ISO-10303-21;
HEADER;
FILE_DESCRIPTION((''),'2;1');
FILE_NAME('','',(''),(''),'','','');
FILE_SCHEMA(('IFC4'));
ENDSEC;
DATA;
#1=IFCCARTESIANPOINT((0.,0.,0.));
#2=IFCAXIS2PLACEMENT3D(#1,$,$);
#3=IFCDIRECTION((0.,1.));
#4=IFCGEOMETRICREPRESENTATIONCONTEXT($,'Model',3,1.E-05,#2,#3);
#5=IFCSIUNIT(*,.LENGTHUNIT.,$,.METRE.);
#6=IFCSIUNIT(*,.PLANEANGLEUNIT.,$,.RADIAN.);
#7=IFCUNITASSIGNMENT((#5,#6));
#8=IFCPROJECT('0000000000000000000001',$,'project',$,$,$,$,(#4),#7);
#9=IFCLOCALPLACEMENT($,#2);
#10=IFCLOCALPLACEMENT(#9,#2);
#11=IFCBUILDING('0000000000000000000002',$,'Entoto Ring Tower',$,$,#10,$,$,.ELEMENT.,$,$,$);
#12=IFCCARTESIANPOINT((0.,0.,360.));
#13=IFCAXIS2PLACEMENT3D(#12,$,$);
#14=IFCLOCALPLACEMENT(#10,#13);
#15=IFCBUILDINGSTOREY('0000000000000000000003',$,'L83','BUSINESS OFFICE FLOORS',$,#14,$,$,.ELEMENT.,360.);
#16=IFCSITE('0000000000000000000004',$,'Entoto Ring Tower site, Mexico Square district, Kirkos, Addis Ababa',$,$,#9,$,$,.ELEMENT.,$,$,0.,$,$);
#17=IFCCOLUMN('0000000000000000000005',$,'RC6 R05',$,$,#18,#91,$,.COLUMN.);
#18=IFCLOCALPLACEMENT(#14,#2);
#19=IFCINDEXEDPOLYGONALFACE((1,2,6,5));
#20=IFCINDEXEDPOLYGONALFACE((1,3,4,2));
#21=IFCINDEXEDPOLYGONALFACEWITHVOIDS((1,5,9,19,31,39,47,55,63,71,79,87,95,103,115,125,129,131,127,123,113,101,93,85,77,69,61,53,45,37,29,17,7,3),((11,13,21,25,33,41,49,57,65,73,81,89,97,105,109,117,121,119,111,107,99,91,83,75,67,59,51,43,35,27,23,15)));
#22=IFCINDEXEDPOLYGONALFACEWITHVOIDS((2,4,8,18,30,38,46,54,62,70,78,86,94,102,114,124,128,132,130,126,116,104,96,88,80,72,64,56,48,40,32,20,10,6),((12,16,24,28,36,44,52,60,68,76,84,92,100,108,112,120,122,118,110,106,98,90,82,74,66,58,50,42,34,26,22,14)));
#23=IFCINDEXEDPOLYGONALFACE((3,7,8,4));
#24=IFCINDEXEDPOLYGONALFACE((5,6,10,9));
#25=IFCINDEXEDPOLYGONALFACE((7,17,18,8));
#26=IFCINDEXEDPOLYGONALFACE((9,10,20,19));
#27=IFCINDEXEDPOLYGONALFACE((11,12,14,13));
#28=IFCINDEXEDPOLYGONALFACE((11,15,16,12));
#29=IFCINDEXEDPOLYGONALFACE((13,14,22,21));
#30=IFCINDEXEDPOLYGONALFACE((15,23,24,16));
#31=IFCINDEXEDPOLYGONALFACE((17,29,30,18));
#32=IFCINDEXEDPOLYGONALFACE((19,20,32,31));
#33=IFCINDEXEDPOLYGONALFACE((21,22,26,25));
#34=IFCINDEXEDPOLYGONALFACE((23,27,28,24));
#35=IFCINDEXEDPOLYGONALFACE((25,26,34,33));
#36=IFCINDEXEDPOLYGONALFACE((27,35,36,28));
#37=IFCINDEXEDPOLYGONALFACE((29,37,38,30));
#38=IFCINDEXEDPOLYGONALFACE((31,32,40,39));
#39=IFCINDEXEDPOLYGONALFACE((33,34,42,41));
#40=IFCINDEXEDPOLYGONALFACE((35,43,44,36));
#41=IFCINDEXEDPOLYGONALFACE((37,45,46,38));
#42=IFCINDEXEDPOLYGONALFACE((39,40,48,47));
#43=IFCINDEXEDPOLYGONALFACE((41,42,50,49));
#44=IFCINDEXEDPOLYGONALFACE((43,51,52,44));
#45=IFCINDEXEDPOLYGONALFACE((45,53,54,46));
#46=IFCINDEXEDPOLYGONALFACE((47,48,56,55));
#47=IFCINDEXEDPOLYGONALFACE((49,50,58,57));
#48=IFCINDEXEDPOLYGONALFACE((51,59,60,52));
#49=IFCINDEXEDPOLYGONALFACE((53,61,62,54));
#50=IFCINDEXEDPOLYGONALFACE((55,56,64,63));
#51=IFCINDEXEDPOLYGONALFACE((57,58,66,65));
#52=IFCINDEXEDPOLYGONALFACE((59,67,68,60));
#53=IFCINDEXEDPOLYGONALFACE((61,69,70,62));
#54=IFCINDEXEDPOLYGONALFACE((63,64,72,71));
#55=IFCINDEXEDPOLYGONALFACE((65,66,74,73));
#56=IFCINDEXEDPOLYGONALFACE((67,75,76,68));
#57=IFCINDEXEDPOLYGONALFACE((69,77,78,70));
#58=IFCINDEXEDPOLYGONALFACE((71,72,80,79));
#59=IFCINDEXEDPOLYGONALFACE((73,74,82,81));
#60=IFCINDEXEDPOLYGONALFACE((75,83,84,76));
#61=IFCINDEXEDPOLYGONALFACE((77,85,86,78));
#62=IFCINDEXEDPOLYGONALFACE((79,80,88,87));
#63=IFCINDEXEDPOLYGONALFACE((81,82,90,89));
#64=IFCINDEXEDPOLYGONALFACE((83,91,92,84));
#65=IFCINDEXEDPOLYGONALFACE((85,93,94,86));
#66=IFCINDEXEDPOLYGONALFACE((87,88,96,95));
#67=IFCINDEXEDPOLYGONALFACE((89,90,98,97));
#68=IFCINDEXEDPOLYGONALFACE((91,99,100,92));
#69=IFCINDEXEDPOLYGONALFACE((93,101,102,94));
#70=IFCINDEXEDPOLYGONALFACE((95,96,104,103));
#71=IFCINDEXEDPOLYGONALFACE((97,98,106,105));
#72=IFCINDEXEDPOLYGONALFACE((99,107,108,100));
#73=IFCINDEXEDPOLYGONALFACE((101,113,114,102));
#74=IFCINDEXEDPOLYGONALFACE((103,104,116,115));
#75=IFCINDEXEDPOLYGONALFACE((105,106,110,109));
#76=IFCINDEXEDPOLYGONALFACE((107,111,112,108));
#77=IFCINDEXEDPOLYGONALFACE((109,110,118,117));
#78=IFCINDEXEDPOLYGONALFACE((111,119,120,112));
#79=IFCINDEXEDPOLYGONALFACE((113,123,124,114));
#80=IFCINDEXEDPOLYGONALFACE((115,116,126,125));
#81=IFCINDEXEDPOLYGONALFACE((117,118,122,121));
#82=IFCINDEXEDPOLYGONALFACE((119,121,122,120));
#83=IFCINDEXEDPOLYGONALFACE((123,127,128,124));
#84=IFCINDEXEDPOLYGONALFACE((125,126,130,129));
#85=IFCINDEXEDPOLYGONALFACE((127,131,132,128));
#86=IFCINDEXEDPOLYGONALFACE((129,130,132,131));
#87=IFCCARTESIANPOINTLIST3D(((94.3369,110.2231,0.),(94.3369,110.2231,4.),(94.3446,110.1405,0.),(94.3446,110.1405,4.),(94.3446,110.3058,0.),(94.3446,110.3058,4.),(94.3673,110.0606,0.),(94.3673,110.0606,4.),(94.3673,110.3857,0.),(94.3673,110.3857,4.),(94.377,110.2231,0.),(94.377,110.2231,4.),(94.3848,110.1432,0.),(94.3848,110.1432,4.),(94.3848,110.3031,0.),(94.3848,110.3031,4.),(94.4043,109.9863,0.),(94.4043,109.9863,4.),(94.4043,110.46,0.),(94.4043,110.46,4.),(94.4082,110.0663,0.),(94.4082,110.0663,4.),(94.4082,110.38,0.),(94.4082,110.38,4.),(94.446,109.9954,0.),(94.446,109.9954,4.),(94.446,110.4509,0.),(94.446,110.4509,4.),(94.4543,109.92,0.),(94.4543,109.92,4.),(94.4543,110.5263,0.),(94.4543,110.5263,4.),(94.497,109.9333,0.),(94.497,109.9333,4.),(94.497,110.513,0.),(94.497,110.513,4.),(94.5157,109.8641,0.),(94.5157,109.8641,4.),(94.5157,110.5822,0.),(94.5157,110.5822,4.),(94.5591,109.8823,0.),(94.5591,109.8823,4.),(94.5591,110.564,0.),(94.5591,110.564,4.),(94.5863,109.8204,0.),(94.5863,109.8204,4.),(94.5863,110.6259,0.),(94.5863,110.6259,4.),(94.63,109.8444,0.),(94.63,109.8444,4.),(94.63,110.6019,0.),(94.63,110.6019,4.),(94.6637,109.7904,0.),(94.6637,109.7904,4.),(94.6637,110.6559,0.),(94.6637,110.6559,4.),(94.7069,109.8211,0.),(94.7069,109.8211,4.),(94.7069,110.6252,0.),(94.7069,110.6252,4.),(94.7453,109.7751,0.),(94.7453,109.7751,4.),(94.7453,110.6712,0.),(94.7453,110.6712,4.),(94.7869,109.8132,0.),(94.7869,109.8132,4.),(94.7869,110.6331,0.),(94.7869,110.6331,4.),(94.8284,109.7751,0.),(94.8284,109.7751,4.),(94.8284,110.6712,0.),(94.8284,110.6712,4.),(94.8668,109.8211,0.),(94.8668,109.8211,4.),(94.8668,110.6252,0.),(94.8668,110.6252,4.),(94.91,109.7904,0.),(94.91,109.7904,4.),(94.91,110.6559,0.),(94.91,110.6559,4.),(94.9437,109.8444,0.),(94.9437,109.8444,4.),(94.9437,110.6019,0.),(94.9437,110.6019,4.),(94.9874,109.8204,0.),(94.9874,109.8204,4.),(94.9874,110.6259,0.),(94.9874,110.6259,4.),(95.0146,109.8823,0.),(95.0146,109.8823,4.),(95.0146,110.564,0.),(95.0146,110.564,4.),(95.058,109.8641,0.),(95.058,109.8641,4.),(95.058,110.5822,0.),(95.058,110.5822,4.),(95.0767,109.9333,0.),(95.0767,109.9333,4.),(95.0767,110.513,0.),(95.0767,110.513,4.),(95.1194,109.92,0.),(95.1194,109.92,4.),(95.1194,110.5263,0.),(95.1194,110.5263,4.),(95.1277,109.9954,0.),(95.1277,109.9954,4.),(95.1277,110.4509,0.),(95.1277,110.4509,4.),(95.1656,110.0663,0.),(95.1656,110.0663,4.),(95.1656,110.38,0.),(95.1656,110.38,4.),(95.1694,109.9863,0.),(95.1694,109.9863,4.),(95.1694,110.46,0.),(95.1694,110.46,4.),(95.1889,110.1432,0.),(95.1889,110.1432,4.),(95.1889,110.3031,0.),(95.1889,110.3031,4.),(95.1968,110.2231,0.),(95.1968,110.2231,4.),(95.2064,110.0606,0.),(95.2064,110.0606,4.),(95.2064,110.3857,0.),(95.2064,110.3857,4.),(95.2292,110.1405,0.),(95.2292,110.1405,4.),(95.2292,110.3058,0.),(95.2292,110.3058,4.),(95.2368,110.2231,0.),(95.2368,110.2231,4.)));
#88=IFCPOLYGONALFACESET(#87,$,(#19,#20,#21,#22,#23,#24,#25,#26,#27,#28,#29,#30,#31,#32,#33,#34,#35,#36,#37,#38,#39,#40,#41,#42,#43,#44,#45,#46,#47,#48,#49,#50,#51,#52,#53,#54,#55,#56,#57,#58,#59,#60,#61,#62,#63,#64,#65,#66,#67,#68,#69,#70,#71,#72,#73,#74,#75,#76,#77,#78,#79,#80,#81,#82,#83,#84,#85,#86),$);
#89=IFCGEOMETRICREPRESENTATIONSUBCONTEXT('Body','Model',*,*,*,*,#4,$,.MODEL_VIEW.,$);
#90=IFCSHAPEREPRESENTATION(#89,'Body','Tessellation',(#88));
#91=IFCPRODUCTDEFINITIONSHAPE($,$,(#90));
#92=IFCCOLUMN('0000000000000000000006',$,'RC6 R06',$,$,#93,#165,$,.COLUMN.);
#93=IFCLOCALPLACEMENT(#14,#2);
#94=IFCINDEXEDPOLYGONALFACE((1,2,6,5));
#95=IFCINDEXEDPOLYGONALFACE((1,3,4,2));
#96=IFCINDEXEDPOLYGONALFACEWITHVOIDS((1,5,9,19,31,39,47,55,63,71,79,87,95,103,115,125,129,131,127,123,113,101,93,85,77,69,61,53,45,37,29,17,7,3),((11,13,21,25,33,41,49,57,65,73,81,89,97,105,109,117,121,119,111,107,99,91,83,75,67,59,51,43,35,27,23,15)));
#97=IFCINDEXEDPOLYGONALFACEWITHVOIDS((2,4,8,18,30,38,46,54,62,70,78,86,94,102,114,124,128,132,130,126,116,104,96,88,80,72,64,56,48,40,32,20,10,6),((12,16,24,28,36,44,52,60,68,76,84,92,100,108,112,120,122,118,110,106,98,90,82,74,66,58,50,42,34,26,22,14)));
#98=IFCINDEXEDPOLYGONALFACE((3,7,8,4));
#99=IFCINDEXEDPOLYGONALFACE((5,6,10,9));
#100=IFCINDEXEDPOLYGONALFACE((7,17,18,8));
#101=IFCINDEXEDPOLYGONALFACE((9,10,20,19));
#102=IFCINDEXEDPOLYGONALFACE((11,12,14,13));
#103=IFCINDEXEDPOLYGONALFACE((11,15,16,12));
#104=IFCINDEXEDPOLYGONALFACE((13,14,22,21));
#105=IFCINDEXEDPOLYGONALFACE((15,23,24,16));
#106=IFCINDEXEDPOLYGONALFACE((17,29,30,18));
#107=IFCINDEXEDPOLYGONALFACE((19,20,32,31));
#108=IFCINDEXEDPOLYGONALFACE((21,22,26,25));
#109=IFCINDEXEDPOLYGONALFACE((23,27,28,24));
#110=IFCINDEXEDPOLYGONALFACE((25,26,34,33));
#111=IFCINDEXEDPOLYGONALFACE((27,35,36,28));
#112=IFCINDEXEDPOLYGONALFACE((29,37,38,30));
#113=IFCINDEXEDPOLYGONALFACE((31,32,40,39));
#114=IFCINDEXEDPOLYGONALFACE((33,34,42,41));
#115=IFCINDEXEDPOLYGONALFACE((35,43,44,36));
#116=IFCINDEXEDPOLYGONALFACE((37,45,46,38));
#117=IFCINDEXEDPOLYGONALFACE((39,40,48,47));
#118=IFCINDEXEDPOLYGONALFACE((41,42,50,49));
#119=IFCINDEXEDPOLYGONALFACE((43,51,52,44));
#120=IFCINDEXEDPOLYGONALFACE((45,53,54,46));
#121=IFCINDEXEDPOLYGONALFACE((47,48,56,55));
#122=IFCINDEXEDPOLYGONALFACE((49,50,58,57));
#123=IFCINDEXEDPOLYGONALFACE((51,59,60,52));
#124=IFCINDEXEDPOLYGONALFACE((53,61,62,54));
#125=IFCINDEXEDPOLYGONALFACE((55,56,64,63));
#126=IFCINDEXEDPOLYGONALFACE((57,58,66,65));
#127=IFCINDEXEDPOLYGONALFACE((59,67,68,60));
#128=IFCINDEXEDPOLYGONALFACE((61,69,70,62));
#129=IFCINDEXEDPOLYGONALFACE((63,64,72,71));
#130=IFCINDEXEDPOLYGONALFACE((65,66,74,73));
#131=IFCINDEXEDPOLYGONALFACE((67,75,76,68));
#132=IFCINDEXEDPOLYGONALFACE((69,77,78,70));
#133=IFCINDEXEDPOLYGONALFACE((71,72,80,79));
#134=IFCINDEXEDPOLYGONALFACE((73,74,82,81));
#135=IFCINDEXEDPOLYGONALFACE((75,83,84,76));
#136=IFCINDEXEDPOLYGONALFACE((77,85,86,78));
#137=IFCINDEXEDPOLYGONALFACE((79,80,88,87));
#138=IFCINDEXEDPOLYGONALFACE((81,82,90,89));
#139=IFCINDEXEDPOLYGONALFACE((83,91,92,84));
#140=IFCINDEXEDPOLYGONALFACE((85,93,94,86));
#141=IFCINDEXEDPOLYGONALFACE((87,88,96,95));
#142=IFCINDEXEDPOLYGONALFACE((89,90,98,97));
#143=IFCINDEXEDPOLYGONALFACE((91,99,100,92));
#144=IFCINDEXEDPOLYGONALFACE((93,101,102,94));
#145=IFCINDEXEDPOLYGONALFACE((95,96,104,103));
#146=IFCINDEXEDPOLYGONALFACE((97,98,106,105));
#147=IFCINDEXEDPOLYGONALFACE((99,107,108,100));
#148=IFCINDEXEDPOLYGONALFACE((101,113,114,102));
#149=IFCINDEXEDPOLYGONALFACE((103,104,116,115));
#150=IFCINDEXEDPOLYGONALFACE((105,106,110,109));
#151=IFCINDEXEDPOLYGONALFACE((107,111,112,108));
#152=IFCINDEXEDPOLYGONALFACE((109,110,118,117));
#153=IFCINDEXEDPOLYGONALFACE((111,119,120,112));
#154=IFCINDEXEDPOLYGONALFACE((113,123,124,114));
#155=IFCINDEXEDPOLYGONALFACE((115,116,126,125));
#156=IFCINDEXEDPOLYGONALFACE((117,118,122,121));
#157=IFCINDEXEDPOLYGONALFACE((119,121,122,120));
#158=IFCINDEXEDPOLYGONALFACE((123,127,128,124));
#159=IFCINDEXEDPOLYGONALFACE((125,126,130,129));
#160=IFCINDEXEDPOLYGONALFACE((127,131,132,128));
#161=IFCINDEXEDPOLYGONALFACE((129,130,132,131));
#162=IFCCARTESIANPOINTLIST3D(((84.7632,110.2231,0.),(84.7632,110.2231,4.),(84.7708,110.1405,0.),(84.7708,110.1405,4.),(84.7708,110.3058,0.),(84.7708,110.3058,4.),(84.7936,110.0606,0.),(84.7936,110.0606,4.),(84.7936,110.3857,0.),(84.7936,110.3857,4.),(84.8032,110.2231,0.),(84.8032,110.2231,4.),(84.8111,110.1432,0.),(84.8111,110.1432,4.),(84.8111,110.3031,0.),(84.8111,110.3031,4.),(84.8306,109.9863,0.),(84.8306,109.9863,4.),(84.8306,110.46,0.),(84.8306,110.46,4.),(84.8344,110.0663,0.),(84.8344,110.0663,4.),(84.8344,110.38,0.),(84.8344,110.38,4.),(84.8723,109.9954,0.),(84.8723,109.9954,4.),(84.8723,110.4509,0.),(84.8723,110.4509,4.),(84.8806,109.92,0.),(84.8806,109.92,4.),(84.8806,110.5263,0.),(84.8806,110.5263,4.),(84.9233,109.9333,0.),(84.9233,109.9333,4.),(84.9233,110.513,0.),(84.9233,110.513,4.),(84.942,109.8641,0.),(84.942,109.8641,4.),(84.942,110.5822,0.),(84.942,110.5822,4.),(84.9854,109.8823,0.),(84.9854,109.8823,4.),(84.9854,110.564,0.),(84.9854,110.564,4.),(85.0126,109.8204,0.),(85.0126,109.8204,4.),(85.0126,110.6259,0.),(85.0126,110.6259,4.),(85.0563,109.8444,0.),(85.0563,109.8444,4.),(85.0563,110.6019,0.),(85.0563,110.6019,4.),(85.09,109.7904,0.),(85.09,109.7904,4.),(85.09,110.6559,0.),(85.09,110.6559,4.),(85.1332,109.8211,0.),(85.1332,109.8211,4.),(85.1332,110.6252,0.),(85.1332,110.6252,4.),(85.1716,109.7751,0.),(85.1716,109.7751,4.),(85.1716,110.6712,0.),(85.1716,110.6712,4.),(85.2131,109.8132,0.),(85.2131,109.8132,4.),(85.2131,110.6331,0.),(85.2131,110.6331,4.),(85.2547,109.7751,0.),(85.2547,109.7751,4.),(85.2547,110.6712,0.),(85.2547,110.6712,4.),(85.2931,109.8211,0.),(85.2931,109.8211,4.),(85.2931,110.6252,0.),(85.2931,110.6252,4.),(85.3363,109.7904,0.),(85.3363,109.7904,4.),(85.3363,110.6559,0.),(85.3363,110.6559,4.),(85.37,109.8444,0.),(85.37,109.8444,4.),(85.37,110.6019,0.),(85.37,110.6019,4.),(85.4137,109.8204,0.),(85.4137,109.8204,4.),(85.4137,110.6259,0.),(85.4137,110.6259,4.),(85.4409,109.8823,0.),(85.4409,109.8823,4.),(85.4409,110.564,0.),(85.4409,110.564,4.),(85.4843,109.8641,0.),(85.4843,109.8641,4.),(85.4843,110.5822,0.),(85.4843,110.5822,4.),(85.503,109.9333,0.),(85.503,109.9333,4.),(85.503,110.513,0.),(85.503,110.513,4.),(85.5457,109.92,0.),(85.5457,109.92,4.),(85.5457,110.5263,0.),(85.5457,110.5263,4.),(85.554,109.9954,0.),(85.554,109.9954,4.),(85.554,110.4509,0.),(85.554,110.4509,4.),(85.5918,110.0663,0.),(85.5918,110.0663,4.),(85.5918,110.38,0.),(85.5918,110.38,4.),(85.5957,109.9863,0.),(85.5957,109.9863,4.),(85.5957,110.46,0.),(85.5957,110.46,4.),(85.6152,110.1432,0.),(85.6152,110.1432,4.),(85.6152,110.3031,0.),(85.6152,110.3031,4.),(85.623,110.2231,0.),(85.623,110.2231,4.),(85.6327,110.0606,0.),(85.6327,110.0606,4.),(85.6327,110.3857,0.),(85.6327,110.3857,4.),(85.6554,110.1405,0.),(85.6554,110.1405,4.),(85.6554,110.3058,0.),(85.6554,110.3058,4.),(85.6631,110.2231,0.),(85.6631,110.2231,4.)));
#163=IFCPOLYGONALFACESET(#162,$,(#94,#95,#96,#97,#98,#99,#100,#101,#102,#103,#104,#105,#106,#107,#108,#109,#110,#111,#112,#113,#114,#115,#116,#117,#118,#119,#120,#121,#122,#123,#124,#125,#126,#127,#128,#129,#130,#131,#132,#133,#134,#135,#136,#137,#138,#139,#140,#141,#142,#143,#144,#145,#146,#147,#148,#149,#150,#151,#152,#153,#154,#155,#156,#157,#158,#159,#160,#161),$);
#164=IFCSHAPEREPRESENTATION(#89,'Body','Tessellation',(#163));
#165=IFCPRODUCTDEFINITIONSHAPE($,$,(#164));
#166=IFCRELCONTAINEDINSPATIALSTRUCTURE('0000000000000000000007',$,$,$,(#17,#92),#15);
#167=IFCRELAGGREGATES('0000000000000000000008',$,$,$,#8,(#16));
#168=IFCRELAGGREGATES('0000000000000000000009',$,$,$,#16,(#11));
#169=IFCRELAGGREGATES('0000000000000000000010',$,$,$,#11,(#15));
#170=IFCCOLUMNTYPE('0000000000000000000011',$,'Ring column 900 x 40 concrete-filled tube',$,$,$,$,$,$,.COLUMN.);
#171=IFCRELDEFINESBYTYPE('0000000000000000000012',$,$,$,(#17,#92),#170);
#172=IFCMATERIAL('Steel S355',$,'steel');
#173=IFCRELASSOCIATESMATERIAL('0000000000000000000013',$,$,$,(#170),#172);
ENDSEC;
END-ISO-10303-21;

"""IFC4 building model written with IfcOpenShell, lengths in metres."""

from ifc_helpers import new_model, si_unit, direction, frame, origin, origin_2d, place, context, subcontext, project, spatial, circle, hollow_circle, extrude, material, material_profile, profile_set, type_object, element, save


model = new_model("IFC4")

# Units and contexts
model_context = context("Model", 3, precision=1e-05, world=origin(), true_north=direction((0.0, 1.0)))
body_context = subcontext(model_context, "Body", "Model", "MODEL_VIEW")
ifc_project = project(units=[si_unit("LENGTHUNIT", "METRE"), si_unit("PLANEANGLEUNIT", "RADIAN")], contexts=[model_context])

# Site, building, storey
site_placement = place(None, origin())
site = spatial("IfcSite", under=ifc_project, at=site_placement, Name="Entoto Ring Tower site, Mexico Square district, Kirkos, Addis Ababa", CompositionType="ELEMENT", RefElevation=0.0)
building_placement = place(site_placement, origin())
building = spatial("IfcBuilding", under=site, at=building_placement, Name="Entoto Ring Tower", CompositionType="ELEMENT")
storey_placement = place(building_placement, frame((0.0, 0.0, 360.0)))
storey = spatial("IfcBuildingStorey", under=building, at=storey_placement, Name="L83", Description="BUSINESS OFFICE FLOORS", CompositionType="ELEMENT", Elevation=360.0)

# Columns
ifc_material_1 = material(Name="Steel S355", Category="steel")
ifc_material_profile_1 = material_profile(ifc_material_1, hollow_circle(Radius=0.45, WallThickness=0.04, at=origin_2d()), Name="CHS 900 x 40")
ifc_material_2 = material(Name="Concrete C60/75", Category="concrete")
ifc_material_profile_2 = material_profile(ifc_material_2, circle(Radius=0.4099, at=origin_2d()), Name="Concrete C60/75 infill")
ifc_profile_set_1 = profile_set([ifc_material_profile_1, ifc_material_profile_2], Name="Steel S355")
column_type = type_object("IfcColumnType", Name="Ring column 900 x 40 concrete-filled tube", PredefinedType="COLUMN", material=ifc_profile_set_1)
for number, where, z_axis, x_axis, name in (
    (1, (94.7869, 110.2231, 0.0), (0.0, 0.0, 1.0), (1.0, 0.0, 0.0), "RC6 R05"),
    (2, (85.2131, 110.2231, 0.0), (0.0, 0.0, 1.0), (1.0, 0.0, 0.0), "RC6 R06"),
):
    element("IfcColumn", number, at=place(storey_placement, frame(where, z_axis=z_axis, x_axis=x_axis)), inside=storey, type_object=column_type, Name=name, PredefinedType="COLUMN", context=body_context, shape_type="SweptSolid", body=[
        extrude(hollow_circle(Radius=0.45, WallThickness=0.04, at=origin_2d()), origin(), (0.0, 0.0, 1.0), 4.0),
    ])

save(model, "model.ifc")
